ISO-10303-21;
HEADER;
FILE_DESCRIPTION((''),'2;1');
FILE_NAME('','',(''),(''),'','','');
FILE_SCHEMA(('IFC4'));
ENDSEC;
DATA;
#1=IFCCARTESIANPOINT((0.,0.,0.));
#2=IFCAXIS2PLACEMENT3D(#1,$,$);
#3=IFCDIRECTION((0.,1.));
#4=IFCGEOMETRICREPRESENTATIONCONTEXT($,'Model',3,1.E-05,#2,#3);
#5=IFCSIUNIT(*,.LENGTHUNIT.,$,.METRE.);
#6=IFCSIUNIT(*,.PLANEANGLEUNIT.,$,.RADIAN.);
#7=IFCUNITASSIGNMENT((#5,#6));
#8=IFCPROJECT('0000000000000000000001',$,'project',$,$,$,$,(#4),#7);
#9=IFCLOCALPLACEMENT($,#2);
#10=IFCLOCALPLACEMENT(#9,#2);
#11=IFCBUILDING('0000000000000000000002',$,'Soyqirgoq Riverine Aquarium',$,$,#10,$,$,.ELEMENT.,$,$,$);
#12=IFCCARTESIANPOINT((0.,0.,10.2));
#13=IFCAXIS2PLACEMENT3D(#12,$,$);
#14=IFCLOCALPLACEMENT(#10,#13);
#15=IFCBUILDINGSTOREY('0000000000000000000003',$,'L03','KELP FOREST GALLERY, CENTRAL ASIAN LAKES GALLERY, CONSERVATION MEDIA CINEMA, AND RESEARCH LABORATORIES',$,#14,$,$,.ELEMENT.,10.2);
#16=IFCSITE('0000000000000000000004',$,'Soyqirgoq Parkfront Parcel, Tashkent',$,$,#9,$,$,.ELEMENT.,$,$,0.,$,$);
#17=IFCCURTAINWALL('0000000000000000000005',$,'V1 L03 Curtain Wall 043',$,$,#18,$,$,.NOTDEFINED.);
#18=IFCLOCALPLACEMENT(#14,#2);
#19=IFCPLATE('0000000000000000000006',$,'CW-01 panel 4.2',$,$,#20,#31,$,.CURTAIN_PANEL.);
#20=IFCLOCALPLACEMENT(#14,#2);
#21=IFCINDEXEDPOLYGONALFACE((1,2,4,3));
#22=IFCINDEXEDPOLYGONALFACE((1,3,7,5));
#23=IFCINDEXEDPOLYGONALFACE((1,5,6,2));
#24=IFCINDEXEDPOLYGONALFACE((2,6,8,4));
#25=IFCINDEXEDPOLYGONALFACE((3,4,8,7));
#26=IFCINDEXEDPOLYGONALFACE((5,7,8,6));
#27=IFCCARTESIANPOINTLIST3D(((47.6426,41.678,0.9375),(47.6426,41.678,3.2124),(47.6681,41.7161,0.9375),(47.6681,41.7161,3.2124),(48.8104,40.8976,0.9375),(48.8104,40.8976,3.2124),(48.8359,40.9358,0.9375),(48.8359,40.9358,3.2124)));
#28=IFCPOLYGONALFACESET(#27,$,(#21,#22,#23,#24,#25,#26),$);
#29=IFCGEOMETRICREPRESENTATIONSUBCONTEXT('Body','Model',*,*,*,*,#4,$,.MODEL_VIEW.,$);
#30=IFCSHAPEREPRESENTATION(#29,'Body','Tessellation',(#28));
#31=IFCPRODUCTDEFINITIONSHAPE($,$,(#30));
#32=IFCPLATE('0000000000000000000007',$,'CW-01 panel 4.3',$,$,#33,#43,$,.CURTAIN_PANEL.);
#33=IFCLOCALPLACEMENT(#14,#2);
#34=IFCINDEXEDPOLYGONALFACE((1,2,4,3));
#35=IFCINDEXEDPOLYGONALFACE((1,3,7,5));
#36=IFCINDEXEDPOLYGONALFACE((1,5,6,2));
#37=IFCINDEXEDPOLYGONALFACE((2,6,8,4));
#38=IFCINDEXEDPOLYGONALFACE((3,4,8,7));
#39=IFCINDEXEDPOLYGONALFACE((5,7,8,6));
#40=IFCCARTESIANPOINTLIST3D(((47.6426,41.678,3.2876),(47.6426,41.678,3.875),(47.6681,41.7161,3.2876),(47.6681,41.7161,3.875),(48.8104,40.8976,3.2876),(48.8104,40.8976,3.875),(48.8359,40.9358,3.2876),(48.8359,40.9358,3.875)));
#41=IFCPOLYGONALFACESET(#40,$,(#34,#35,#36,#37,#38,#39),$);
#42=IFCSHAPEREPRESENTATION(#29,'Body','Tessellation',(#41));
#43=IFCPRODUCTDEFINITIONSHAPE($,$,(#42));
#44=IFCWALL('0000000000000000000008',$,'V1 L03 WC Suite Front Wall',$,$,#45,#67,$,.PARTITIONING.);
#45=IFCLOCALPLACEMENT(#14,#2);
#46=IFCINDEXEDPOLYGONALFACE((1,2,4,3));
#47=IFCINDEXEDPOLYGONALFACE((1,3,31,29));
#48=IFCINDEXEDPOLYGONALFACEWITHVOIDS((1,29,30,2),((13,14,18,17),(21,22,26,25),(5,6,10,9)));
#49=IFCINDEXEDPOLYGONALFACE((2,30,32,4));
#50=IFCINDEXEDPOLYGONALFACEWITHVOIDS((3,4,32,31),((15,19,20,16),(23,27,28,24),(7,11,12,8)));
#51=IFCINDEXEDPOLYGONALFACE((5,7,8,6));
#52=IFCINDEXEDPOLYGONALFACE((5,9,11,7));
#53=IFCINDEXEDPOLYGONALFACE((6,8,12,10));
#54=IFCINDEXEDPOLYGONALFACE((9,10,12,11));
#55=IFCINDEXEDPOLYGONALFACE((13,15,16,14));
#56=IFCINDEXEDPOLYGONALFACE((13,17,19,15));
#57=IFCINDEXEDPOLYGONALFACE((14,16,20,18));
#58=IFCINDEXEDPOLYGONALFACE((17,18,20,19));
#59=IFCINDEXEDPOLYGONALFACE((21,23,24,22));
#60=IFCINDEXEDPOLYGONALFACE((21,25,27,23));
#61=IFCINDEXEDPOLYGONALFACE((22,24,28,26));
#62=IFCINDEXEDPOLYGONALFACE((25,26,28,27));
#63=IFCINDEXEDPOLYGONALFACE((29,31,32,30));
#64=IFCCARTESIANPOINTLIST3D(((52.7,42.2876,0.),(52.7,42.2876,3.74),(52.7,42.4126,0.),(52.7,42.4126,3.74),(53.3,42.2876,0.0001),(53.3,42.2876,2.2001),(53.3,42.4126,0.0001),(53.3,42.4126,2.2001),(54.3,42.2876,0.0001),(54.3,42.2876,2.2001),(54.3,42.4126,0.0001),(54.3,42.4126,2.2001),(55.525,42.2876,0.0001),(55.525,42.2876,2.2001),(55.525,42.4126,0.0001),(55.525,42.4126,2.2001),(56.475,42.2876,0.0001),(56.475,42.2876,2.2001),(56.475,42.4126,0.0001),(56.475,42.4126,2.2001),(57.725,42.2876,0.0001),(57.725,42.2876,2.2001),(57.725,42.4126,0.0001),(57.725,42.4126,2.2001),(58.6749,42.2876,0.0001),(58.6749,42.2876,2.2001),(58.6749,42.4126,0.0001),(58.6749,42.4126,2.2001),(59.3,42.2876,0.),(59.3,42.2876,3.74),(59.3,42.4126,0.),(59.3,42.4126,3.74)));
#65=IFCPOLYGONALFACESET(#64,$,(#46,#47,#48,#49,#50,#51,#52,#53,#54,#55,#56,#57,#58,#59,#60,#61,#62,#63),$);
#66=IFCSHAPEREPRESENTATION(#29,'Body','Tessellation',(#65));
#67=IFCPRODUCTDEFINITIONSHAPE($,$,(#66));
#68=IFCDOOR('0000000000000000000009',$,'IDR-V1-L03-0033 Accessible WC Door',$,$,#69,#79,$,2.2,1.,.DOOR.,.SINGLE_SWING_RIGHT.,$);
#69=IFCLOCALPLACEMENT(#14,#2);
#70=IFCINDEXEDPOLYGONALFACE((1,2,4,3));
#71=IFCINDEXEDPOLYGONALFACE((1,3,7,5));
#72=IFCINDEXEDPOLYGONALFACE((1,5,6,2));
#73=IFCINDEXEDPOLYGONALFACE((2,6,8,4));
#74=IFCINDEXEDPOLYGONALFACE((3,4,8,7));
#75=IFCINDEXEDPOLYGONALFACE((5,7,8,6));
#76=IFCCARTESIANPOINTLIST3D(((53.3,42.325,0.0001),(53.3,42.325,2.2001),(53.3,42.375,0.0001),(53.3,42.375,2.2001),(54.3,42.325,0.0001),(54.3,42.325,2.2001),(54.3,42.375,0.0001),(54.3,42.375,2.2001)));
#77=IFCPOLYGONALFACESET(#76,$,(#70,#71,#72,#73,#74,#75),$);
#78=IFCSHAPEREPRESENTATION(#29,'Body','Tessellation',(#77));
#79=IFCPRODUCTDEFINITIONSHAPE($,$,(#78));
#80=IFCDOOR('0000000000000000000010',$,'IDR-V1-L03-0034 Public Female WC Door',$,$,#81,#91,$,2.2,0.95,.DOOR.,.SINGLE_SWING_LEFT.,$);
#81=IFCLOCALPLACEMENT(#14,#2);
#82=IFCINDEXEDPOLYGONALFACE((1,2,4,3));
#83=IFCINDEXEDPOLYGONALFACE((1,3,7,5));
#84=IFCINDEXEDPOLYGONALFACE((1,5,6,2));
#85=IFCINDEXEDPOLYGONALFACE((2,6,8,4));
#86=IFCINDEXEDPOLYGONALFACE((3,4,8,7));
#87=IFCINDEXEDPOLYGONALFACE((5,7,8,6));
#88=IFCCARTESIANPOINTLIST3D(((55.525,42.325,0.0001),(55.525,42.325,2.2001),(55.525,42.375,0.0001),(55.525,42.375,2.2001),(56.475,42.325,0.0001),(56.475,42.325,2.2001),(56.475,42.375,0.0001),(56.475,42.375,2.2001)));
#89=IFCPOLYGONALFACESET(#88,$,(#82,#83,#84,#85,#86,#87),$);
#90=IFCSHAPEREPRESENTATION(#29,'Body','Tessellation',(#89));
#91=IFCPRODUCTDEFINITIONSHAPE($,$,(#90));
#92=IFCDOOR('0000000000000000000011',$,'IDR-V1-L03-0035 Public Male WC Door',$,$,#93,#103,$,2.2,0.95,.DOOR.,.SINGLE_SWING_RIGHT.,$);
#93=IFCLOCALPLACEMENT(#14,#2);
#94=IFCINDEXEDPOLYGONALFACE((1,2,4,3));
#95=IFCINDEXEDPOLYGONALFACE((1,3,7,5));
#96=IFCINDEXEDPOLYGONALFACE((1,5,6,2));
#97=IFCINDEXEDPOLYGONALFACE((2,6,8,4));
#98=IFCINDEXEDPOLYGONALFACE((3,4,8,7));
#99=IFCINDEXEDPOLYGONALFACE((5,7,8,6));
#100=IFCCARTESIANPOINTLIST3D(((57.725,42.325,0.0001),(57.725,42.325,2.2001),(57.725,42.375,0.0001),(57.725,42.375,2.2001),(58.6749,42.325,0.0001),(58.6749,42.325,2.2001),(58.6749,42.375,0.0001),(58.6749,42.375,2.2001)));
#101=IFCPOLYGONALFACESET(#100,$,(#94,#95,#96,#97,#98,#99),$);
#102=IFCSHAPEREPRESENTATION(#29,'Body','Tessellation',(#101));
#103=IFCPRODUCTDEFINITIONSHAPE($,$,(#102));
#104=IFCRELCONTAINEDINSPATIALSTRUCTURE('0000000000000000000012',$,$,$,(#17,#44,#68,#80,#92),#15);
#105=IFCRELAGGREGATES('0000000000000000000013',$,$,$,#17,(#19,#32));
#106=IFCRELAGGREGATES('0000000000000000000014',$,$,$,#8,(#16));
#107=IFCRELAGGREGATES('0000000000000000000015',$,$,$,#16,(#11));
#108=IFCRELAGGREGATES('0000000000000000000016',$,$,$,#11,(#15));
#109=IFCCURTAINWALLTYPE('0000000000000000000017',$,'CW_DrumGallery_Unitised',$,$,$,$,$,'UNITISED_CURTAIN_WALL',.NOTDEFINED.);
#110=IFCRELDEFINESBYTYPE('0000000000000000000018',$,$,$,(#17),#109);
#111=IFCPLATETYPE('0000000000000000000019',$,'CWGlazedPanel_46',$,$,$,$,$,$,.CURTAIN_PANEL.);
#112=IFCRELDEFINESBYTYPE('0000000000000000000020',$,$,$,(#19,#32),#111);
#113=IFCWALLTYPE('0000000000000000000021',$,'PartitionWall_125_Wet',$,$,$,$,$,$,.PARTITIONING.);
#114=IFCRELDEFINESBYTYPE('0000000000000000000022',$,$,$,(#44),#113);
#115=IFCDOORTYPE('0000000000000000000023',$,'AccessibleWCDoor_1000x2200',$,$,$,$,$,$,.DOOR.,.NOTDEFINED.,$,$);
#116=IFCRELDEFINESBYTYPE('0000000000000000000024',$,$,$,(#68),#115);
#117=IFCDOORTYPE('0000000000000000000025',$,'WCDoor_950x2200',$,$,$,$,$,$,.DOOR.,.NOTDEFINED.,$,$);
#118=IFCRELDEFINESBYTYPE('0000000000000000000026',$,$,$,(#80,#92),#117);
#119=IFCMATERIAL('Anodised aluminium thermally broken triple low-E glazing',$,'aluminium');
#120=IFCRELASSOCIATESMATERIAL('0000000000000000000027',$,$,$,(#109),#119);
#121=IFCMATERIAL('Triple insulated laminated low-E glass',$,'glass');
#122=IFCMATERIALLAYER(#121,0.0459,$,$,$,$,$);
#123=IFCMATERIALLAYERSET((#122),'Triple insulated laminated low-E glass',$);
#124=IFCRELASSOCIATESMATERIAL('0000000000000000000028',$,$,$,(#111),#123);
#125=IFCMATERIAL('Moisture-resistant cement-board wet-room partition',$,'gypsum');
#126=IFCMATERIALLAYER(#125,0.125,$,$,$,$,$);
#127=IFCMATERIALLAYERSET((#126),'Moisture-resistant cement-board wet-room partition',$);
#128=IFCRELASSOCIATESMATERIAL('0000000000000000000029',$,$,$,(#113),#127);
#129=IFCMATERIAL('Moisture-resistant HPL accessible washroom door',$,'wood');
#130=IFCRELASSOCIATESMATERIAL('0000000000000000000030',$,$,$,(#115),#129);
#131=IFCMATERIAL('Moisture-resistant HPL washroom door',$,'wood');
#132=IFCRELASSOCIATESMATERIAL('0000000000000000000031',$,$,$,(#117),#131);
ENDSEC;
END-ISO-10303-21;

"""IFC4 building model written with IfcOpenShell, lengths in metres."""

from ifc_helpers import new_model, si_unit, direction, frame, frame_2d, origin, origin_2d, place, context, subcontext, project, spatial, rectangle, extrude, material, layer, layer_set, type_object, element, fill, aggregate, save


model = new_model("IFC4")

# Units and contexts
model_context = context("Model", 3, precision=1e-05, world=origin(), true_north=direction((0.0, 1.0)))
body_context = subcontext(model_context, "Body", "Model", "MODEL_VIEW")
ifc_project = project(units=[si_unit("LENGTHUNIT", "METRE"), si_unit("PLANEANGLEUNIT", "RADIAN")], contexts=[model_context])

# Site, building, storey
site_placement = place(None, origin())
site = spatial("IfcSite", under=ifc_project, at=site_placement, Name="Soyqirgoq Parkfront Parcel, Tashkent", CompositionType="ELEMENT", RefElevation=0.0)
building_placement = place(site_placement, origin())
building = spatial("IfcBuilding", under=site, at=building_placement, Name="Soyqirgoq Riverine Aquarium", CompositionType="ELEMENT")
storey_placement = place(building_placement, frame((0.0, 0.0, 10.2)))
storey = spatial("IfcBuildingStorey", under=building, at=storey_placement, Name="L03", Description="KELP FOREST GALLERY, CENTRAL ASIAN LAKES GALLERY, CONSERVATION MEDIA CINEMA, AND RESEARCH LABORATORIES", CompositionType="ELEMENT", Elevation=10.2)

# Curtain wall
ifc_material_1 = material(Name="Anodised aluminium thermally broken triple low-E glazing", Category="aluminium")
curtain_wall_type = type_object("IfcCurtainWallType", Name="CW_DrumGallery_Unitised", ElementType="UNITISED_CURTAIN_WALL", PredefinedType="NOTDEFINED", material=ifc_material_1)
curtain_wall_1_placement = place(storey_placement, origin())
curtain_wall_1 = element("IfcCurtainWall", 1, at=curtain_wall_1_placement, inside=storey, type_object=curtain_wall_type, Name="V1 L03 Curtain Wall 043", PredefinedType="NOTDEFINED")

# Plates
ifc_material_2 = material(Name="Triple insulated laminated low-E glass", Category="glass")
ifc_layer_1 = layer(ifc_material_2, 0.0459)
ifc_layer_set_1 = layer_set([ifc_layer_1], Name="Triple insulated laminated low-E glass")
plate_type = type_object("IfcPlateType", Name="CWGlazedPanel_46", PredefinedType="CURTAIN_PANEL", material=ifc_layer_set_1)
plate_1_placement = place(storey_placement, frame((48.2393, 41.3069, 0.9375), z_axis=(0.0, 0.0, 1.0), x_axis=(0.831469, -0.555572, 0.0)))
plate_1 = element("IfcPlate", 2, at=plate_1_placement, type_object=plate_type, Name="CW-01 panel 4.2", PredefinedType="CURTAIN_PANEL", context=body_context, shape_type="SweptSolid", body=[
    extrude(rectangle(XDim=1.4045, YDim=0.0459, at=origin_2d()), origin(), (0.0, 0.0, 1.0), 2.2749),
])
plate_2_placement = place(storey_placement, frame((48.2393, 41.3069, 3.2876), z_axis=(0.0, 0.0, 1.0), x_axis=(0.831469, -0.555572, 0.0)))
plate_2 = element("IfcPlate", 3, at=plate_2_placement, type_object=plate_type, Name="CW-01 panel 4.3", PredefinedType="CURTAIN_PANEL", context=body_context, shape_type="SweptSolid", body=[
    extrude(rectangle(XDim=1.4045, YDim=0.0459, at=origin_2d()), origin(), (0.0, 0.0, 1.0), 0.5874),
])
aggregate(curtain_wall_1, [plate_1, plate_2])

# Wall, openings, doors
ifc_material_3 = material(Name="Moisture-resistant cement-board wet-room partition", Category="gypsum")
ifc_layer_2 = layer(ifc_material_3, 0.125)
ifc_layer_set_2 = layer_set([ifc_layer_2], Name="Moisture-resistant cement-board wet-room partition")
wall_type = type_object("IfcWallType", Name="PartitionWall_125_Wet", PredefinedType="PARTITIONING", material=ifc_layer_set_2)
wall_placement = place(storey_placement, frame((52.7, 42.3501, 0.0), z_axis=(0.0, 0.0, 1.0), x_axis=(1.0, 0.0, 0.0)))
wall = element("IfcWall", 4, at=wall_placement, inside=storey, type_object=wall_type, Name="V1 L03 WC Suite Front Wall", PredefinedType="PARTITIONING", context=body_context, shape_type="SweptSolid", body=[
    extrude(rectangle(XDim=6.6001, YDim=0.125, at=frame_2d((3.3, 0.0))), origin(), (0.0, 0.0, 1.0), 3.74),
])
opening_1_placement = place(wall_placement, frame((0.6001, 0.0, 0.0)))
opening_1 = element("IfcOpeningElement", 5, at=opening_1_placement, cuts=wall, PredefinedType="OPENING", context=body_context, shape_type="SweptSolid", body=[
    extrude(rectangle(XDim=1.0, YDim=2.2, at=frame_2d((0.5, 1.1001))), frame((0.0, 0.0725, 0.0), z_axis=(0.0, -1.0, 0.0), x_axis=(1.0, 0.0, 0.0)), (0.0, 0.0, 1.0), 0.145),
])
opening_2_placement = place(wall_placement, frame((2.825, 0.0, 0.0)))
opening_2 = element("IfcOpeningElement", 6, at=opening_2_placement, cuts=wall, PredefinedType="OPENING", context=body_context, shape_type="SweptSolid", body=[
    extrude(rectangle(XDim=0.95, YDim=2.2, at=frame_2d((0.4751, 1.1001))), frame((0.0, 0.0725, 0.0), z_axis=(0.0, -1.0, 0.0), x_axis=(1.0, 0.0, 0.0)), (0.0, 0.0, 1.0), 0.145),
])
opening_3_placement = place(wall_placement, frame((5.0249, 0.0, 0.0)))
opening_3 = element("IfcOpeningElement", 7, at=opening_3_placement, cuts=wall, PredefinedType="OPENING", context=body_context, shape_type="SweptSolid", body=[
    extrude(rectangle(XDim=0.95, YDim=2.2, at=frame_2d((0.4751, 1.1001))), frame((0.0, 0.0725, 0.0), z_axis=(0.0, -1.0, 0.0), x_axis=(1.0, 0.0, 0.0)), (0.0, 0.0, 1.0), 0.145),
])
ifc_material_4 = material(Name="Moisture-resistant HPL accessible washroom door", Category="wood")
door_type_1 = type_object("IfcDoorType", Name="AccessibleWCDoor_1000x2200", OperationType="NOTDEFINED", PredefinedType="DOOR", material=ifc_material_4)
door_1_placement = place(opening_1_placement, origin())
door_1 = element("IfcDoor", 8, at=door_1_placement, inside=storey, type_object=door_type_1, Name="IDR-V1-L03-0033 Accessible WC Door", OperationType="SINGLE_SWING_RIGHT", OverallHeight=2.2, OverallWidth=1.0, PredefinedType="DOOR", context=body_context, shape_type="SweptSolid", body=[
    extrude(rectangle(XDim=1.0, YDim=2.2, at=frame_2d((0.5, 1.1001))), frame((0.0, 0.0249, 0.0), z_axis=(0.0, -1.0, 0.0), x_axis=(1.0, 0.0, 0.0)), (0.0, 0.0, 1.0), 0.05),
])
fill(opening_1, door_1)
ifc_material_5 = material(Name="Moisture-resistant HPL washroom door", Category="wood")
door_type_2 = type_object("IfcDoorType", Name="WCDoor_950x2200", OperationType="NOTDEFINED", PredefinedType="DOOR", material=ifc_material_5)
door_2_placement = place(opening_2_placement, origin())
door_2 = element("IfcDoor", 9, at=door_2_placement, inside=storey, type_object=door_type_2, Name="IDR-V1-L03-0034 Public Female WC Door", OperationType="SINGLE_SWING_LEFT", OverallHeight=2.2, OverallWidth=0.95, PredefinedType="DOOR", context=body_context, shape_type="SweptSolid", body=[
    extrude(rectangle(XDim=0.95, YDim=2.2, at=frame_2d((0.4751, 1.1001))), frame((0.0, 0.0249, 0.0), z_axis=(0.0, -1.0, 0.0), x_axis=(1.0, 0.0, 0.0)), (0.0, 0.0, 1.0), 0.05),
])
fill(opening_2, door_2)
door_3_placement = place(opening_3_placement, origin())
door_3 = element("IfcDoor", 10, at=door_3_placement, inside=storey, type_object=door_type_2, Name="IDR-V1-L03-0035 Public Male WC Door", OperationType="SINGLE_SWING_RIGHT", OverallHeight=2.2, OverallWidth=0.95, PredefinedType="DOOR", context=body_context, shape_type="SweptSolid", body=[
    extrude(rectangle(XDim=0.95, YDim=2.2, at=frame_2d((0.4751, 1.1001))), frame((0.0, 0.0249, 0.0), z_axis=(0.0, -1.0, 0.0), x_axis=(1.0, 0.0, 0.0)), (0.0, 0.0, 1.0), 0.05),
])
fill(opening_3, door_3)

save(model, "model.ifc")
